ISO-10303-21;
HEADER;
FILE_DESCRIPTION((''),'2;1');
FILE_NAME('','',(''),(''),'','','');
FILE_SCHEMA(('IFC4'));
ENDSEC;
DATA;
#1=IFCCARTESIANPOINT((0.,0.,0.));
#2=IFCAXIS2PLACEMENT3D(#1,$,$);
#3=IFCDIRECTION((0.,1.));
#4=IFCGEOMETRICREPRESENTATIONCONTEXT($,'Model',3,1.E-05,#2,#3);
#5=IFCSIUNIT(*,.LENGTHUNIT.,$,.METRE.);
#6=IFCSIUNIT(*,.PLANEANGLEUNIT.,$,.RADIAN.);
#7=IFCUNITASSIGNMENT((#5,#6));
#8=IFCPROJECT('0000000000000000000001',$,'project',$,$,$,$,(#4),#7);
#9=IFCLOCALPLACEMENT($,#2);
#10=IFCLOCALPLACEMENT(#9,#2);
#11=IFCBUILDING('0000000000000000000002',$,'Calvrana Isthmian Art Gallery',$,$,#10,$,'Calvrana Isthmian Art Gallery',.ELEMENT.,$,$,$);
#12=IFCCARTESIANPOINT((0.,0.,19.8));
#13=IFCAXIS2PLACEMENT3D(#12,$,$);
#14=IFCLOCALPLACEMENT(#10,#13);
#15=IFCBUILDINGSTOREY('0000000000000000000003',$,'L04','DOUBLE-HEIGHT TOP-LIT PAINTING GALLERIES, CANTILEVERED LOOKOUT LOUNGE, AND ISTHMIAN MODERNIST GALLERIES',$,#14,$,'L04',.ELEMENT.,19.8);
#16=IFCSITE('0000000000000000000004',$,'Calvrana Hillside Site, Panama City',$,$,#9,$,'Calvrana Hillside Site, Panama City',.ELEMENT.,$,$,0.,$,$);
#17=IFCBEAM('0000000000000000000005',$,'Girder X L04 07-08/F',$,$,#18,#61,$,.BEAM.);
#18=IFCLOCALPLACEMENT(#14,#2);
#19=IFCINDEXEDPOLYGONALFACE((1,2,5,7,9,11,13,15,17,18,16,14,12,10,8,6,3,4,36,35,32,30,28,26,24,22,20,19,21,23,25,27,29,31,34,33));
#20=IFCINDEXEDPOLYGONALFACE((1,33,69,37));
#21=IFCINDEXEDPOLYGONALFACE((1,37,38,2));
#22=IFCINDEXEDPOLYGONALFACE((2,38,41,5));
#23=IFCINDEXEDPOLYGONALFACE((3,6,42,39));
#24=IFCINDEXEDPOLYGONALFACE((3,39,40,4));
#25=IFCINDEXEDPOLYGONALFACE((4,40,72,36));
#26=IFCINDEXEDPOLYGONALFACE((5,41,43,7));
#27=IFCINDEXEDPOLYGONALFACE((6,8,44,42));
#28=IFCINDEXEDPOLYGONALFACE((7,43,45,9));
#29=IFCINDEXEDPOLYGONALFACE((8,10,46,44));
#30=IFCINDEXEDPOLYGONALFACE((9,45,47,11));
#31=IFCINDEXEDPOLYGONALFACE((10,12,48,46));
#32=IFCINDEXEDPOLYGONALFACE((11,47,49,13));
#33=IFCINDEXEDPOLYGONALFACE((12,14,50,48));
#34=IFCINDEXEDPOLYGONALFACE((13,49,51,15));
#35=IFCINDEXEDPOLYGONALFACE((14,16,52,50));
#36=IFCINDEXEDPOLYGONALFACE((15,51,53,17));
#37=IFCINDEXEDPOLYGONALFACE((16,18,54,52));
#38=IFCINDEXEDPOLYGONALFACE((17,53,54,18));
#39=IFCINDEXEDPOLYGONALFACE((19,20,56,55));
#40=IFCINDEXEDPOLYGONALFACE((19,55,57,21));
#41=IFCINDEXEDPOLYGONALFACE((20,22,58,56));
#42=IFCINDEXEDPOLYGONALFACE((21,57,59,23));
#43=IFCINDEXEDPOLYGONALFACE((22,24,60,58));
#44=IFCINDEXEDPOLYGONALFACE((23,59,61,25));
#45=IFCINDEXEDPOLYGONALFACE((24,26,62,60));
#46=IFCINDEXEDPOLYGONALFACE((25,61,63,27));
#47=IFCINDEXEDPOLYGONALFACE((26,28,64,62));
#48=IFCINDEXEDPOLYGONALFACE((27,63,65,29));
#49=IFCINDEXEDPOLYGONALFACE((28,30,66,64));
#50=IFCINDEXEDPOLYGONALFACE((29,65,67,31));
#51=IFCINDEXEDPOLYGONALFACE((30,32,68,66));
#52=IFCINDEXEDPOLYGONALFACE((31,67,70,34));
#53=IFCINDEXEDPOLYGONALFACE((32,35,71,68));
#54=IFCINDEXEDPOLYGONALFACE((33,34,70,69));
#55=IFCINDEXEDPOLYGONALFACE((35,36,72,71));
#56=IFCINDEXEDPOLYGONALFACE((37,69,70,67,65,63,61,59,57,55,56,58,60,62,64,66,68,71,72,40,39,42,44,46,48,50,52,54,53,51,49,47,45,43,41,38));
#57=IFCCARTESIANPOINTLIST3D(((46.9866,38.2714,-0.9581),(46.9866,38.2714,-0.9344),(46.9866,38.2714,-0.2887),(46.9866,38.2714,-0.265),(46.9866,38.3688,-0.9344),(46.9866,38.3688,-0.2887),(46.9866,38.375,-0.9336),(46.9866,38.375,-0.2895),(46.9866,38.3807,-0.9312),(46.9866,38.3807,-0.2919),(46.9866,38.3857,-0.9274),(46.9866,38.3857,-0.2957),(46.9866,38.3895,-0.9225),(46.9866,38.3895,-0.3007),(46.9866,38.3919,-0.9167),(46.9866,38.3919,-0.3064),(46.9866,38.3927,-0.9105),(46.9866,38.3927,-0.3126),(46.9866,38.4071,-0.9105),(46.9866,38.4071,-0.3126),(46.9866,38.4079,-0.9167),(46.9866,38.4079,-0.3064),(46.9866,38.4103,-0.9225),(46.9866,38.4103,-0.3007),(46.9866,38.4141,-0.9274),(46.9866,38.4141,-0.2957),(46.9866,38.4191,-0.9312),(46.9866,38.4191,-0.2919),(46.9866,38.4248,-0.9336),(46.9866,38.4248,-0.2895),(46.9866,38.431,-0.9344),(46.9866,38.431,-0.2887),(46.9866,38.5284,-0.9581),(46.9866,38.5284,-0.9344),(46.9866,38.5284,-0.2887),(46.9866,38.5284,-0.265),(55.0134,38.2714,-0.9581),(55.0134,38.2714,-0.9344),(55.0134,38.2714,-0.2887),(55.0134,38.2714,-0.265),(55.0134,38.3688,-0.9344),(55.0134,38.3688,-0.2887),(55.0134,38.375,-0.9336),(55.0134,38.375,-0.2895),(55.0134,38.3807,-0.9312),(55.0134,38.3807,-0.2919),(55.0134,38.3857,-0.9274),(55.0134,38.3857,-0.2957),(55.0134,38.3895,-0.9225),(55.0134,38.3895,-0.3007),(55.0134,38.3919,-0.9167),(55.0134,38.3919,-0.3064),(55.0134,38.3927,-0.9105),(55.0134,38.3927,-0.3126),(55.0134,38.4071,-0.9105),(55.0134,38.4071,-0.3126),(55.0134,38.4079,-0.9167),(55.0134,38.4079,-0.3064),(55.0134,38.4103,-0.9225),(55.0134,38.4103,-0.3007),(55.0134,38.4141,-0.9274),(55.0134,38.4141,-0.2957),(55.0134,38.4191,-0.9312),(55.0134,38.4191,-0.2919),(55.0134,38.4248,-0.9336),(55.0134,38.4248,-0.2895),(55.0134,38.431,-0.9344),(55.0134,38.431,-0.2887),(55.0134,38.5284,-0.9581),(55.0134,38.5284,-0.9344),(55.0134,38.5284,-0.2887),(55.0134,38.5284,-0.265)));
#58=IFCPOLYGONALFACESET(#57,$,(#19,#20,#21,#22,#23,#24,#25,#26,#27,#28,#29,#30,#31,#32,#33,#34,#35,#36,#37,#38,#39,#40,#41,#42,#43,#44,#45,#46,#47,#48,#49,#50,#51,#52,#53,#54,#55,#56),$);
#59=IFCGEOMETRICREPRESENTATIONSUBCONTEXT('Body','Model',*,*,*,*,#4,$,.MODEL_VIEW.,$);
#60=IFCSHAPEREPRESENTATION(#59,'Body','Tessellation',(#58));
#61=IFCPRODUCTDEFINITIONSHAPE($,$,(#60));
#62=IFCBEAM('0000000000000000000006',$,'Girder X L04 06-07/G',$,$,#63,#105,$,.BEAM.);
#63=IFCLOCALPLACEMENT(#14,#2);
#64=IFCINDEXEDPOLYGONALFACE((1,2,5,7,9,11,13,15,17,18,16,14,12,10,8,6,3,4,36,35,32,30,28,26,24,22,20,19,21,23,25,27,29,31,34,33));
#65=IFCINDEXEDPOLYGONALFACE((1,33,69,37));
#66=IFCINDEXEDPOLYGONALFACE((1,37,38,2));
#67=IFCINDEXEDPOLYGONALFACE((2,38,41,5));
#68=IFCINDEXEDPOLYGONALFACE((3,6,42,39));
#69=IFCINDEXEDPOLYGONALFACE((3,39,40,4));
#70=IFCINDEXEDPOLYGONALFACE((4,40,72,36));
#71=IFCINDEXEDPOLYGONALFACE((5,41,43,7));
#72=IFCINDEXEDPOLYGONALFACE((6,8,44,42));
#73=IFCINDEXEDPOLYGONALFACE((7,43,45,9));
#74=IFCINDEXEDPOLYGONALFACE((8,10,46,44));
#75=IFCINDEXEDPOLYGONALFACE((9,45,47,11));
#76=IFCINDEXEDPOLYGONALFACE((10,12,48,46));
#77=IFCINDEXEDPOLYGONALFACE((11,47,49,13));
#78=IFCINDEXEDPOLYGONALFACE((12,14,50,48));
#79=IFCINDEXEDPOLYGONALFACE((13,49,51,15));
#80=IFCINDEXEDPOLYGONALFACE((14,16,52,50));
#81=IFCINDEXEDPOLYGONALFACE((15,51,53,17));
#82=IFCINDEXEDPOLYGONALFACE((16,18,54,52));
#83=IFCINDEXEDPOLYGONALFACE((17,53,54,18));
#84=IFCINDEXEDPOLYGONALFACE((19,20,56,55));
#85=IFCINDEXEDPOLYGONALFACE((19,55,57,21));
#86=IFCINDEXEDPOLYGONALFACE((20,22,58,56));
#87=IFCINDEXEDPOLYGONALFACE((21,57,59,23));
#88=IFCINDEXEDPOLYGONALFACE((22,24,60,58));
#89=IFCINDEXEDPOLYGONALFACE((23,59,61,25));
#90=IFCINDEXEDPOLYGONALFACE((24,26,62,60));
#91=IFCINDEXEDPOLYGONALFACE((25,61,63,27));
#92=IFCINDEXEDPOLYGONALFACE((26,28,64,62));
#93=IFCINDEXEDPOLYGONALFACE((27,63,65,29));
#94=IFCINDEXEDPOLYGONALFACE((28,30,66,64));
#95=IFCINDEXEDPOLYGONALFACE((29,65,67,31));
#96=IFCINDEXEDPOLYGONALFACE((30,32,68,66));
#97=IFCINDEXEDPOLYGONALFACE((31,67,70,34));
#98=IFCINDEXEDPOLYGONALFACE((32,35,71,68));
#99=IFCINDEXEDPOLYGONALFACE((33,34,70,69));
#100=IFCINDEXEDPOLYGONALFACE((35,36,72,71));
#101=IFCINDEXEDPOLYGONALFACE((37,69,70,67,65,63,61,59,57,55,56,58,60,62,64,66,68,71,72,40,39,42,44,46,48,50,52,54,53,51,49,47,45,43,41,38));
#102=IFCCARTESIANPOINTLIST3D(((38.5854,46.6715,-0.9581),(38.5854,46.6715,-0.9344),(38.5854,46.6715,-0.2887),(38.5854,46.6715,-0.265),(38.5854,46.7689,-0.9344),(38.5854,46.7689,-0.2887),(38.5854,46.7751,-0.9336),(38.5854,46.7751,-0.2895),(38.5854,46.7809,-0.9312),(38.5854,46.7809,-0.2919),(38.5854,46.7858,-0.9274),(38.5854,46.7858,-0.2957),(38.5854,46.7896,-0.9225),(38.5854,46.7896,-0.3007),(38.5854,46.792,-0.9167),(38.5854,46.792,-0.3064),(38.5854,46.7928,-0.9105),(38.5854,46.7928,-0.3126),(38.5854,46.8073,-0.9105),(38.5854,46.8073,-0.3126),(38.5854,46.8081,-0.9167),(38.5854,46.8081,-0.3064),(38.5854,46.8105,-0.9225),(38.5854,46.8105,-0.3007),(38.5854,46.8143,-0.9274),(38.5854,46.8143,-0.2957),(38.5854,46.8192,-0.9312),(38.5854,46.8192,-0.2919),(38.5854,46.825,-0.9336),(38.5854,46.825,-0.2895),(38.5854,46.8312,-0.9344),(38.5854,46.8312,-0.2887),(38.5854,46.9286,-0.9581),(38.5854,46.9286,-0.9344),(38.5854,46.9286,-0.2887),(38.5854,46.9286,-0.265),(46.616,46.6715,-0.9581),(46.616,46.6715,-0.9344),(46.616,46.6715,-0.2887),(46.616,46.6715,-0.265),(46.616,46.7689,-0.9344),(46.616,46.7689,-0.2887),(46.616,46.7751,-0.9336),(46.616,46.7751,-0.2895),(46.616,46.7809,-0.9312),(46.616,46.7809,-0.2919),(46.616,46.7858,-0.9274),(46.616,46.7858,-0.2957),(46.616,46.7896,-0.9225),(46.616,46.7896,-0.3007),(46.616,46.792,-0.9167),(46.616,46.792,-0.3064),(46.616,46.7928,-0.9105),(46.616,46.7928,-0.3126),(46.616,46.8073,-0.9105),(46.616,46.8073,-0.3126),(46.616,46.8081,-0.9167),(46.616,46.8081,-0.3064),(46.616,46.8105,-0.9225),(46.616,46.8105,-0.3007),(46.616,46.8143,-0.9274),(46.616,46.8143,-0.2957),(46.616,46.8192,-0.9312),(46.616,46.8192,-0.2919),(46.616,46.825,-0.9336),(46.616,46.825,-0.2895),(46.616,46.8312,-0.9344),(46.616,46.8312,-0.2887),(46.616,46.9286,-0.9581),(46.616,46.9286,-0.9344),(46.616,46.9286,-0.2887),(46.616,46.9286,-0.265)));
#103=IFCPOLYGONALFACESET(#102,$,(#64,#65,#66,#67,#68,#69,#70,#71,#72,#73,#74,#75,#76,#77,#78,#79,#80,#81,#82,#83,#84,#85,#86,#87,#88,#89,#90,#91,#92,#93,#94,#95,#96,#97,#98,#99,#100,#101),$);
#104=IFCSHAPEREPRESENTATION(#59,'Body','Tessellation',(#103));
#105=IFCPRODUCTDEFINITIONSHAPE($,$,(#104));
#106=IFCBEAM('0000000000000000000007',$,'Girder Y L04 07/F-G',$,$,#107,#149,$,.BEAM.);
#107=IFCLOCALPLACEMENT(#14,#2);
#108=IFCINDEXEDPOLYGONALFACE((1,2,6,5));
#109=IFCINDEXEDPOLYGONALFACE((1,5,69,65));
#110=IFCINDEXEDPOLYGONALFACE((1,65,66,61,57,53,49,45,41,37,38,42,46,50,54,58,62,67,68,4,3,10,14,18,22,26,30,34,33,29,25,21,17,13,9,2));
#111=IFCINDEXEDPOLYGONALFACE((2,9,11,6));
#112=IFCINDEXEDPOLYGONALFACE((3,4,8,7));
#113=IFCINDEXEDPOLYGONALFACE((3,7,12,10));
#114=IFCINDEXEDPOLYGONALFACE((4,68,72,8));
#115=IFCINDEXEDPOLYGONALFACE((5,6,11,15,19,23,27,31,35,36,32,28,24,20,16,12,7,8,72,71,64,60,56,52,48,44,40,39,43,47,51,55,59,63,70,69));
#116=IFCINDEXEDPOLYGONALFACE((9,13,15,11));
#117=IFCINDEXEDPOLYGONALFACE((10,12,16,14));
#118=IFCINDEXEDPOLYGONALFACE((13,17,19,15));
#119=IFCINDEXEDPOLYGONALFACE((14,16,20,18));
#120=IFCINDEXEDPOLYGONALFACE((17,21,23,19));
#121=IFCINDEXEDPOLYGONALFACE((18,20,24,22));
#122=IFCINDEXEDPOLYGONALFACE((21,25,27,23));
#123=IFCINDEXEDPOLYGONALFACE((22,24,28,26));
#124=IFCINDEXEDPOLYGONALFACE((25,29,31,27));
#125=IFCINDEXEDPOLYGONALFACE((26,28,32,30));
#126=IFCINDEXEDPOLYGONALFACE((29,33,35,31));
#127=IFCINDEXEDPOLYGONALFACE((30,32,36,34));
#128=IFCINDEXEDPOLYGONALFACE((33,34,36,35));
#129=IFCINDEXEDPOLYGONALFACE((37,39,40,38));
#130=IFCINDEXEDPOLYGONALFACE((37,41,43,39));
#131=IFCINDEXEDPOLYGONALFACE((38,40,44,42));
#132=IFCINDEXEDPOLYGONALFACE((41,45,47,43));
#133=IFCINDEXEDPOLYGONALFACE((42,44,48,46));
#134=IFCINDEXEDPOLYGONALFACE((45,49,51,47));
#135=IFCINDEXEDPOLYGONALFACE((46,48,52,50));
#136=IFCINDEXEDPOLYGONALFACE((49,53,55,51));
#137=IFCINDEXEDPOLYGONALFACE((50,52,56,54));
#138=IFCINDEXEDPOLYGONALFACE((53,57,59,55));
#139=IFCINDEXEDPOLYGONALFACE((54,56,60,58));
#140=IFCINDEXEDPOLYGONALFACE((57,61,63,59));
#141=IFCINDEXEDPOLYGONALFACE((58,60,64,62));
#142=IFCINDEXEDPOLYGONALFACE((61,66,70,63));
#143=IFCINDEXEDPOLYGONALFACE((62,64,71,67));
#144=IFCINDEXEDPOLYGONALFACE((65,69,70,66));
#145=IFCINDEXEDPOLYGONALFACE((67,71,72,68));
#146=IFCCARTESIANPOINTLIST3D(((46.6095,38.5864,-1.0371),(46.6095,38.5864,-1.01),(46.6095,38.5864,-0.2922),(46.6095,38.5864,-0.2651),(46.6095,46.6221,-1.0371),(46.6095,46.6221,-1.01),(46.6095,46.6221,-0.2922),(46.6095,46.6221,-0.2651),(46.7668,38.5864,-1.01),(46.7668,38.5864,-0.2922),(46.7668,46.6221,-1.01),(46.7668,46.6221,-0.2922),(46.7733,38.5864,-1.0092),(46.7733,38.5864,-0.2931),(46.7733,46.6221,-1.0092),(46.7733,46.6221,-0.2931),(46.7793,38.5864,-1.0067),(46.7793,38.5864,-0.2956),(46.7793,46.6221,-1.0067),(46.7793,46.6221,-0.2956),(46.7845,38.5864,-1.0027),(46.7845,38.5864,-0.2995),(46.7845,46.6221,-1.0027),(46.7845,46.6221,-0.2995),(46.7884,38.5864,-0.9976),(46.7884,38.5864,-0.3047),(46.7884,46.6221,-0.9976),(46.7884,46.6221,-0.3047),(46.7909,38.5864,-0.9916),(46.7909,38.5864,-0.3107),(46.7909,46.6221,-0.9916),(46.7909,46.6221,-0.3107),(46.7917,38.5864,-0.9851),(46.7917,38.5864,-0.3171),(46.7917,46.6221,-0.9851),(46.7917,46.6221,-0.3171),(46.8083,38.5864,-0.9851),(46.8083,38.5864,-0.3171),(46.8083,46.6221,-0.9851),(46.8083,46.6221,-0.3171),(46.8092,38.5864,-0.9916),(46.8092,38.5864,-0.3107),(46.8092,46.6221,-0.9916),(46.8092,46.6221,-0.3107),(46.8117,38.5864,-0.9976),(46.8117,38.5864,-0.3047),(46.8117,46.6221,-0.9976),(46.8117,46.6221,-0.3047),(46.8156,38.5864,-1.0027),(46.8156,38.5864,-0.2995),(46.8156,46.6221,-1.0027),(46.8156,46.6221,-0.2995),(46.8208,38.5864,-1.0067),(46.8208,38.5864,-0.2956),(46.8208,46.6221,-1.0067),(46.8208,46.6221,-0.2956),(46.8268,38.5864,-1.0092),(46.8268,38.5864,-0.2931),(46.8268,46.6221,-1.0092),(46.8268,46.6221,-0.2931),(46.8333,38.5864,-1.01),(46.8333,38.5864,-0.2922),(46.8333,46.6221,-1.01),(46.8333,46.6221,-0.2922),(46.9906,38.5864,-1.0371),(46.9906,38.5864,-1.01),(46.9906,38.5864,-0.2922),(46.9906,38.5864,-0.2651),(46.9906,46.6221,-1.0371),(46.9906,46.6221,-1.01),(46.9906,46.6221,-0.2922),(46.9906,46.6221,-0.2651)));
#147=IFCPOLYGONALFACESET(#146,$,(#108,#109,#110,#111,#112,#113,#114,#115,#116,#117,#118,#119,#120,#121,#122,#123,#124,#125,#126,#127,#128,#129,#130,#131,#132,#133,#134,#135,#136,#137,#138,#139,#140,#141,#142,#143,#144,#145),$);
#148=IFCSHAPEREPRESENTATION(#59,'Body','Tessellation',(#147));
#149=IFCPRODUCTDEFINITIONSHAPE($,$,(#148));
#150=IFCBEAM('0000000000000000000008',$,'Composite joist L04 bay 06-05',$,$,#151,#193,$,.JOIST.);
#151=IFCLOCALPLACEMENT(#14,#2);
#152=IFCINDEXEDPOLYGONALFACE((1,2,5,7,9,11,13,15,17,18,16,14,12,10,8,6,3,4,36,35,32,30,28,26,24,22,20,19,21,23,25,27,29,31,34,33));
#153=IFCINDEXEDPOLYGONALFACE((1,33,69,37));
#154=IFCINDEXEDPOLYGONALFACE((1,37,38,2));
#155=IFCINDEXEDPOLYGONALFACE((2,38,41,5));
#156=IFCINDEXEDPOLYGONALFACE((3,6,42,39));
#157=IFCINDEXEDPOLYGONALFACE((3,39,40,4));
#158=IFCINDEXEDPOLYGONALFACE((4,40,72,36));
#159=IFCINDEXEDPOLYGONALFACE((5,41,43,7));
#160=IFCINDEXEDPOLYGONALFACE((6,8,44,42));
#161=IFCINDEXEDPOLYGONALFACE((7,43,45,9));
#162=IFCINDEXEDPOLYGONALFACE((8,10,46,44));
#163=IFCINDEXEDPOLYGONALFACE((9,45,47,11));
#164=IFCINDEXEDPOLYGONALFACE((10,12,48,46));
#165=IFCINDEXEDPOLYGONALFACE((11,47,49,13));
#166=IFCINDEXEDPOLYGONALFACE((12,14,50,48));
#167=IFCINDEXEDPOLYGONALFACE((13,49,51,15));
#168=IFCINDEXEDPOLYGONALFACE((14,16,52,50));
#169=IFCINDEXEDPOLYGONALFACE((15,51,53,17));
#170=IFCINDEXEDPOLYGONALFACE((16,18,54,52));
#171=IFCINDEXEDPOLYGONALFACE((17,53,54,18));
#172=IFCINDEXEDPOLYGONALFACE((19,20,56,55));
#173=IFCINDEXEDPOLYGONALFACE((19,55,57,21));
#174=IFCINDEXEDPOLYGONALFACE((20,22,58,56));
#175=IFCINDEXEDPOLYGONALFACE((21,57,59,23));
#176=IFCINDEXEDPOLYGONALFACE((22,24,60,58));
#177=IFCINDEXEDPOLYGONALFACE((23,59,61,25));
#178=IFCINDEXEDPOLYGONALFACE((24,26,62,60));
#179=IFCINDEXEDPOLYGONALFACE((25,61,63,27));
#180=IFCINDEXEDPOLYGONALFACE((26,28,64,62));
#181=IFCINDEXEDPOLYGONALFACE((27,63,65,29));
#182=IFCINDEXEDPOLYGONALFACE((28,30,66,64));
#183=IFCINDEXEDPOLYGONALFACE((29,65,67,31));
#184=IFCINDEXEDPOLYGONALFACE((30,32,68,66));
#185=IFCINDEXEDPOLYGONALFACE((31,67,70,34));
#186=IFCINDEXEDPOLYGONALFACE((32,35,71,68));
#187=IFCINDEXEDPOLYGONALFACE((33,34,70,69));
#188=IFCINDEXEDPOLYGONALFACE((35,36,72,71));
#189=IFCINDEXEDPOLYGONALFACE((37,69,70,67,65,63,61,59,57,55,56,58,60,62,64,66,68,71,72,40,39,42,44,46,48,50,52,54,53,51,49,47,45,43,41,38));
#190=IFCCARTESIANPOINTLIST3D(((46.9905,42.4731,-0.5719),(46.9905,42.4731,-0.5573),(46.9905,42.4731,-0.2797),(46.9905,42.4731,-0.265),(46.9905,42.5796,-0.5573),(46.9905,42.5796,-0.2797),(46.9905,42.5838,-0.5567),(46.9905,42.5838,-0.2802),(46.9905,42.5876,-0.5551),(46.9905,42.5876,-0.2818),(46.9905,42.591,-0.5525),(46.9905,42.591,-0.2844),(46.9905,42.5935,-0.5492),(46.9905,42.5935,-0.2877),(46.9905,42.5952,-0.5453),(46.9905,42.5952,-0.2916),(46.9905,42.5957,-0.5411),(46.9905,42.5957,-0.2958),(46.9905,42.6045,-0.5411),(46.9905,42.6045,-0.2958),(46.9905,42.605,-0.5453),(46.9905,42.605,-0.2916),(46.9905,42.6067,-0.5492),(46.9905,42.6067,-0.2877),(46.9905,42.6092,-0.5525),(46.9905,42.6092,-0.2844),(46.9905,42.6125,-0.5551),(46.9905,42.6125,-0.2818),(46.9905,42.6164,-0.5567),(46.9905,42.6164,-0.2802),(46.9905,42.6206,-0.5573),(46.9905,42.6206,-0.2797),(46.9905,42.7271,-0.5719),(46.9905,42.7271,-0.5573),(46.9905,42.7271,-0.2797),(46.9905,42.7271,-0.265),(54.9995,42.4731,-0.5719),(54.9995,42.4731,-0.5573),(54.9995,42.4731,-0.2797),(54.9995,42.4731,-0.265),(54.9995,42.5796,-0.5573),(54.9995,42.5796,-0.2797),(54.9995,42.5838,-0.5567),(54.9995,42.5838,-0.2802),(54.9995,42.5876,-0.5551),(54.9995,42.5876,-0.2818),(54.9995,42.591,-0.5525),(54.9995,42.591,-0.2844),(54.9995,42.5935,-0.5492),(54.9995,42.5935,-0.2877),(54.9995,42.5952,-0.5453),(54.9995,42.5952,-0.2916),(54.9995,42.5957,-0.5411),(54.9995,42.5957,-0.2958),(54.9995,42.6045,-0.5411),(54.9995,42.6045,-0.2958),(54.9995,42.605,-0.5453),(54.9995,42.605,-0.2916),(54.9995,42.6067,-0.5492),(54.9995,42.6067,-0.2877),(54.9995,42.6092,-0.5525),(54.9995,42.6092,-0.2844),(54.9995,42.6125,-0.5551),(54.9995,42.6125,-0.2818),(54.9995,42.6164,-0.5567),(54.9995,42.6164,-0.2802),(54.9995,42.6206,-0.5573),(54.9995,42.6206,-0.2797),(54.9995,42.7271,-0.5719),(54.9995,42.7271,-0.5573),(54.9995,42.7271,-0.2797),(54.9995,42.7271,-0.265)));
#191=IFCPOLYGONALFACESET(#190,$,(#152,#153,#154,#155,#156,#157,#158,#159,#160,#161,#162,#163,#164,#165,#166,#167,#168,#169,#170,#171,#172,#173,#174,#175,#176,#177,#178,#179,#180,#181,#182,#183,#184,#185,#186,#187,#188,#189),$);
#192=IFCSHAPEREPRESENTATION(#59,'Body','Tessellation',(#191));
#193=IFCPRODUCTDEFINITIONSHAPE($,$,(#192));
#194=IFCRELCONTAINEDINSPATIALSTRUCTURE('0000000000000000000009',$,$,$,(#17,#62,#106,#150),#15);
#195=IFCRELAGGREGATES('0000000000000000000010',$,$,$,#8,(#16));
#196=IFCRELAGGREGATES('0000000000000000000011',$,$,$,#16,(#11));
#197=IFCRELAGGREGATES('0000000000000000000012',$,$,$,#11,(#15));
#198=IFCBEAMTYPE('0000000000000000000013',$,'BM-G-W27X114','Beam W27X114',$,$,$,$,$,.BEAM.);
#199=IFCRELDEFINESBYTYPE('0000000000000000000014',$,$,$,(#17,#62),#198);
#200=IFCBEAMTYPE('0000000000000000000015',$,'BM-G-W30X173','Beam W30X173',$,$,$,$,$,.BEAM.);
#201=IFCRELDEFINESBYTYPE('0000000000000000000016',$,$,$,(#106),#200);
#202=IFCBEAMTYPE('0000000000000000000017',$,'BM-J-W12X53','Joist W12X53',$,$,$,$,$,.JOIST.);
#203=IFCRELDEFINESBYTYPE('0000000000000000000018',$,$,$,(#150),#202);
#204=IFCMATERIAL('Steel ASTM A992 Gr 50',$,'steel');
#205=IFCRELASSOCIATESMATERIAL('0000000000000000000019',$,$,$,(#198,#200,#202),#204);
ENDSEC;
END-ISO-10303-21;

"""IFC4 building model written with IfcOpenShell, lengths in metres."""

from ifc_helpers import new_model, si_unit, direction, frame, origin, origin_2d, place, context, subcontext, project, spatial, i_section, extrude, material, material_profile, profile_set, type_object, element, save


model = new_model("IFC4")

# Units and contexts
model_context = context("Model", 3, precision=1e-05, world=origin(), true_north=direction((0.0, 1.0)))
body_context = subcontext(model_context, "Body", "Model", "MODEL_VIEW")
ifc_project = project(units=[si_unit("LENGTHUNIT", "METRE"), si_unit("PLANEANGLEUNIT", "RADIAN")], contexts=[model_context])

# Site, building, storey
site_placement = place(None, origin())
site = spatial("IfcSite", under=ifc_project, at=site_placement, Name="Calvrana Hillside Site, Panama City", LongName="Calvrana Hillside Site, Panama City", CompositionType="ELEMENT", RefElevation=0.0)
building_placement = place(site_placement, origin())
building = spatial("IfcBuilding", under=site, at=building_placement, Name="Calvrana Isthmian Art Gallery", LongName="Calvrana Isthmian Art Gallery", CompositionType="ELEMENT")
storey_placement = place(building_placement, frame((0.0, 0.0, 19.8)))
storey = spatial("IfcBuildingStorey", under=building, at=storey_placement, Name="L04", Description="DOUBLE-HEIGHT TOP-LIT PAINTING GALLERIES, CANTILEVERED LOOKOUT LOUNGE, AND ISTHMIAN MODERNIST GALLERIES", LongName="L04", CompositionType="ELEMENT", Elevation=19.8)

# Shared definitions
ifc_material_1 = material(Name="Steel ASTM A992 Gr 50", Category="steel")

# Beams
ifc_material_profile_1 = material_profile(ifc_material_1, i_section(OverallWidth=0.2571, OverallDepth=0.6931, WebThickness=0.0144, FlangeThickness=0.0237, FilletRadius=0.0239, at=origin_2d()), Name="W27X114")
ifc_profile_set_1 = profile_set([ifc_material_profile_1], Name="Steel ASTM A992 Gr 50")
beam_type_1 = type_object("IfcBeamType", Name="BM-G-W27X114", Description="Beam W27X114", PredefinedType="BEAM", material=ifc_profile_set_1)
beam_1_placement = place(storey_placement, frame((46.9866, 38.3999, -0.6116), z_axis=(1.0, 0.0, 0.0), x_axis=(0.0, 1.0, 0.0)))
element("IfcBeam", 1, at=beam_1_placement, inside=storey, type_object=beam_type_1, Name="Girder X L04 07-08/F", PredefinedType="BEAM", context=body_context, shape_type="SweptSolid", body=[
    extrude(i_section(OverallWidth=0.2571, OverallDepth=0.6931, WebThickness=0.0144, FlangeThickness=0.0237, FilletRadius=0.0239, at=origin_2d()), origin(), (0.0, 0.0, 1.0), 8.0269),
])
beam_2_placement = place(storey_placement, frame((38.5854, 46.8, -0.6116), z_axis=(1.0, 0.0, 0.0), x_axis=(0.0, 1.0, 0.0)))
element("IfcBeam", 2, at=beam_2_placement, inside=storey, type_object=beam_type_1, Name="Girder X L04 06-07/G", PredefinedType="BEAM", context=body_context, shape_type="SweptSolid", body=[
    extrude(i_section(OverallWidth=0.2571, OverallDepth=0.6931, WebThickness=0.0144, FlangeThickness=0.0237, FilletRadius=0.0239, at=origin_2d()), origin(), (0.0, 0.0, 1.0), 8.0305),
])
ifc_material_profile_2 = material_profile(ifc_material_1, i_section(OverallWidth=0.3811, OverallDepth=0.772, WebThickness=0.0166, FlangeThickness=0.0271, FilletRadius=0.0249, at=origin_2d()), Name="W30X173")
ifc_profile_set_2 = profile_set([ifc_material_profile_2], Name="Steel ASTM A992 Gr 50")
beam_type_2 = type_object("IfcBeamType", Name="BM-G-W30X173", Description="Beam W30X173", PredefinedType="BEAM", material=ifc_profile_set_2)
beam_3_placement = place(storey_placement, frame((46.8, 38.5864, -0.6511), z_axis=(0.0, 1.0, 0.0), x_axis=(-1.0, 0.0, 0.0)))
element("IfcBeam", 3, at=beam_3_placement, inside=storey, type_object=beam_type_2, Name="Girder Y L04 07/F-G", PredefinedType="BEAM", context=body_context, shape_type="SweptSolid", body=[
    extrude(i_section(OverallWidth=0.3811, OverallDepth=0.772, WebThickness=0.0166, FlangeThickness=0.0271, FilletRadius=0.0249, at=origin_2d()), origin(), (0.0, 0.0, 1.0), 8.0356),
])
ifc_material_profile_3 = material_profile(ifc_material_1, i_section(OverallWidth=0.2539, OverallDepth=0.3069, WebThickness=0.0088, FlangeThickness=0.0146, FilletRadius=0.0161, at=origin_2d()), Name="W12X53")
ifc_profile_set_3 = profile_set([ifc_material_profile_3], Name="Steel ASTM A992 Gr 50")
beam_type_3 = type_object("IfcBeamType", Name="BM-J-W12X53", Description="Joist W12X53", PredefinedType="JOIST", material=ifc_profile_set_3)
beam_4_placement = place(storey_placement, frame((46.9905, 42.6001, -0.4185), z_axis=(1.0, 0.0, 0.0), x_axis=(0.0, 1.0, 0.0)))
element("IfcBeam", 4, at=beam_4_placement, inside=storey, type_object=beam_type_3, Name="Composite joist L04 bay 06-05", PredefinedType="JOIST", context=body_context, shape_type="SweptSolid", body=[
    extrude(i_section(OverallWidth=0.2539, OverallDepth=0.3069, WebThickness=0.0088, FlangeThickness=0.0146, FilletRadius=0.0161, at=origin_2d()), origin(), (0.0, 0.0, 1.0), 8.009),
])

save(model, "model.ifc")
